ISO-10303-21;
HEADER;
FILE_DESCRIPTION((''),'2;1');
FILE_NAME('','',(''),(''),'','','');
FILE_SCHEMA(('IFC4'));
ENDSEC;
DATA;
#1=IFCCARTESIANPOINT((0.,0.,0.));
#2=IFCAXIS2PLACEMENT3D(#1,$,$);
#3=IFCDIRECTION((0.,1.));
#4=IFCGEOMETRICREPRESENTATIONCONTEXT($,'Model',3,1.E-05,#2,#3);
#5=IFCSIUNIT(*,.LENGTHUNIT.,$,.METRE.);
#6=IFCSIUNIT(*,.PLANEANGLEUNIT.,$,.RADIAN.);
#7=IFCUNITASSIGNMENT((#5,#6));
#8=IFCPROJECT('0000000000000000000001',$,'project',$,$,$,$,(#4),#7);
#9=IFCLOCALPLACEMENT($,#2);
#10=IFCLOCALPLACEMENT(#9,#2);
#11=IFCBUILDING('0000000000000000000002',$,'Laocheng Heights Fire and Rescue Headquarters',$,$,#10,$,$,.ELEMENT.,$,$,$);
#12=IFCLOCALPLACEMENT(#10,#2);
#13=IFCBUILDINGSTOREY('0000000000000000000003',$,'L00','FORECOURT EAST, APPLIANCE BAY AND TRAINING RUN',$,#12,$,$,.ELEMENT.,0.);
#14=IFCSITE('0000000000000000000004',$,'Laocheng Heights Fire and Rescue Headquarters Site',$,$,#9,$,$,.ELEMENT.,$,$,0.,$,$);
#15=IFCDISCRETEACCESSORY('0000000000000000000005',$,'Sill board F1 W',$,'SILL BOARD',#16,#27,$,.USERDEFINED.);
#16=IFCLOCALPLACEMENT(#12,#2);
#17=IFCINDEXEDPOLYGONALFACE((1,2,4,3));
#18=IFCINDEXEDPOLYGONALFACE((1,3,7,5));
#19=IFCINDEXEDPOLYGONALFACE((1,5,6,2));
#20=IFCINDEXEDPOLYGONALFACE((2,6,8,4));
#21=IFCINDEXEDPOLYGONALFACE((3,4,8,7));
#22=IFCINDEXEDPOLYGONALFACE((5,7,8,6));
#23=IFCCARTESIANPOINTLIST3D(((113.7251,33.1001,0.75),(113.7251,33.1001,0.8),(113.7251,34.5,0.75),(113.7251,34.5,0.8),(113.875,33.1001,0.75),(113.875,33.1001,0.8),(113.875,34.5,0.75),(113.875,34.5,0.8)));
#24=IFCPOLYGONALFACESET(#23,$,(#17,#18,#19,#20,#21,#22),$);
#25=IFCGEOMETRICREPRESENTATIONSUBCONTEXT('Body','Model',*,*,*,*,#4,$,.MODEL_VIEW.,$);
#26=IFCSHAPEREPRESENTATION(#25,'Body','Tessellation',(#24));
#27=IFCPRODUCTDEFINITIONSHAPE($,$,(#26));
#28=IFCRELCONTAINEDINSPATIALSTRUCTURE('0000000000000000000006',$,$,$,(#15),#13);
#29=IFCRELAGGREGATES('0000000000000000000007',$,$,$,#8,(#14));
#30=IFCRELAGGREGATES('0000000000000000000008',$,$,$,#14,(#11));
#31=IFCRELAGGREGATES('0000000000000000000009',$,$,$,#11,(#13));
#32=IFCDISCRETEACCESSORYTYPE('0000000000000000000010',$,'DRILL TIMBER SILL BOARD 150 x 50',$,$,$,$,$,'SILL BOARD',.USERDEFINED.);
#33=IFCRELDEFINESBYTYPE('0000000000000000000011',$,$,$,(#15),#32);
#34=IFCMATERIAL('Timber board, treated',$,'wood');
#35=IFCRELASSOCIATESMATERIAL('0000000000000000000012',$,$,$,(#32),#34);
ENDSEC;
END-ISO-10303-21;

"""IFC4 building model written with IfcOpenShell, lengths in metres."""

from ifc_helpers import new_model, si_unit, direction, frame, origin, origin_2d, place, context, subcontext, project, spatial, rectangle, extrude, material, type_object, element, save


model = new_model("IFC4")

# Units and contexts
model_context = context("Model", 3, precision=1e-05, world=origin(), true_north=direction((0.0, 1.0)))
body_context = subcontext(model_context, "Body", "Model", "MODEL_VIEW")
ifc_project = project(units=[si_unit("LENGTHUNIT", "METRE"), si_unit("PLANEANGLEUNIT", "RADIAN")], contexts=[model_context])

# Site, building, storey
site_placement = place(None, origin())
site = spatial("IfcSite", under=ifc_project, at=site_placement, Name="Laocheng Heights Fire and Rescue Headquarters Site", CompositionType="ELEMENT", RefElevation=0.0)
building_placement = place(site_placement, origin())
building = spatial("IfcBuilding", under=site, at=building_placement, Name="Laocheng Heights Fire and Rescue Headquarters", CompositionType="ELEMENT")
storey_placement = place(building_placement, origin())
storey = spatial("IfcBuildingStorey", under=building, at=storey_placement, Name="L00", Description="FORECOURT EAST, APPLIANCE BAY AND TRAINING RUN", CompositionType="ELEMENT", Elevation=0.0)

# Discrete accessory
ifc_material_1 = material(Name="Timber board, treated", Category="wood")
discrete_accessory_type_1 = type_object("IfcDiscreteAccessoryType", Name="DRILL TIMBER SILL BOARD 150 x 50", ElementType="SILL BOARD", PredefinedType="USERDEFINED", material=ifc_material_1)
for number, where, z_axis, x_axis, name in (
    (1, (113.8, 33.8, 0.75), (0.0, 0.0, 1.0), (1.0, 0.0, 0.0), "Sill board F1 W"),
):
    element("IfcDiscreteAccessory", number, at=place(storey_placement, frame(where, z_axis=z_axis, x_axis=x_axis)), inside=storey, type_object=discrete_accessory_type_1, Name=name, ObjectType="SILL BOARD", PredefinedType="USERDEFINED", context=body_context, shape_type="SweptSolid", body=[
        extrude(rectangle(XDim=0.1499, YDim=1.3999, at=origin_2d()), origin(), (0.0, 0.0, 1.0), 0.05),
    ])

save(model, "model.ifc")
